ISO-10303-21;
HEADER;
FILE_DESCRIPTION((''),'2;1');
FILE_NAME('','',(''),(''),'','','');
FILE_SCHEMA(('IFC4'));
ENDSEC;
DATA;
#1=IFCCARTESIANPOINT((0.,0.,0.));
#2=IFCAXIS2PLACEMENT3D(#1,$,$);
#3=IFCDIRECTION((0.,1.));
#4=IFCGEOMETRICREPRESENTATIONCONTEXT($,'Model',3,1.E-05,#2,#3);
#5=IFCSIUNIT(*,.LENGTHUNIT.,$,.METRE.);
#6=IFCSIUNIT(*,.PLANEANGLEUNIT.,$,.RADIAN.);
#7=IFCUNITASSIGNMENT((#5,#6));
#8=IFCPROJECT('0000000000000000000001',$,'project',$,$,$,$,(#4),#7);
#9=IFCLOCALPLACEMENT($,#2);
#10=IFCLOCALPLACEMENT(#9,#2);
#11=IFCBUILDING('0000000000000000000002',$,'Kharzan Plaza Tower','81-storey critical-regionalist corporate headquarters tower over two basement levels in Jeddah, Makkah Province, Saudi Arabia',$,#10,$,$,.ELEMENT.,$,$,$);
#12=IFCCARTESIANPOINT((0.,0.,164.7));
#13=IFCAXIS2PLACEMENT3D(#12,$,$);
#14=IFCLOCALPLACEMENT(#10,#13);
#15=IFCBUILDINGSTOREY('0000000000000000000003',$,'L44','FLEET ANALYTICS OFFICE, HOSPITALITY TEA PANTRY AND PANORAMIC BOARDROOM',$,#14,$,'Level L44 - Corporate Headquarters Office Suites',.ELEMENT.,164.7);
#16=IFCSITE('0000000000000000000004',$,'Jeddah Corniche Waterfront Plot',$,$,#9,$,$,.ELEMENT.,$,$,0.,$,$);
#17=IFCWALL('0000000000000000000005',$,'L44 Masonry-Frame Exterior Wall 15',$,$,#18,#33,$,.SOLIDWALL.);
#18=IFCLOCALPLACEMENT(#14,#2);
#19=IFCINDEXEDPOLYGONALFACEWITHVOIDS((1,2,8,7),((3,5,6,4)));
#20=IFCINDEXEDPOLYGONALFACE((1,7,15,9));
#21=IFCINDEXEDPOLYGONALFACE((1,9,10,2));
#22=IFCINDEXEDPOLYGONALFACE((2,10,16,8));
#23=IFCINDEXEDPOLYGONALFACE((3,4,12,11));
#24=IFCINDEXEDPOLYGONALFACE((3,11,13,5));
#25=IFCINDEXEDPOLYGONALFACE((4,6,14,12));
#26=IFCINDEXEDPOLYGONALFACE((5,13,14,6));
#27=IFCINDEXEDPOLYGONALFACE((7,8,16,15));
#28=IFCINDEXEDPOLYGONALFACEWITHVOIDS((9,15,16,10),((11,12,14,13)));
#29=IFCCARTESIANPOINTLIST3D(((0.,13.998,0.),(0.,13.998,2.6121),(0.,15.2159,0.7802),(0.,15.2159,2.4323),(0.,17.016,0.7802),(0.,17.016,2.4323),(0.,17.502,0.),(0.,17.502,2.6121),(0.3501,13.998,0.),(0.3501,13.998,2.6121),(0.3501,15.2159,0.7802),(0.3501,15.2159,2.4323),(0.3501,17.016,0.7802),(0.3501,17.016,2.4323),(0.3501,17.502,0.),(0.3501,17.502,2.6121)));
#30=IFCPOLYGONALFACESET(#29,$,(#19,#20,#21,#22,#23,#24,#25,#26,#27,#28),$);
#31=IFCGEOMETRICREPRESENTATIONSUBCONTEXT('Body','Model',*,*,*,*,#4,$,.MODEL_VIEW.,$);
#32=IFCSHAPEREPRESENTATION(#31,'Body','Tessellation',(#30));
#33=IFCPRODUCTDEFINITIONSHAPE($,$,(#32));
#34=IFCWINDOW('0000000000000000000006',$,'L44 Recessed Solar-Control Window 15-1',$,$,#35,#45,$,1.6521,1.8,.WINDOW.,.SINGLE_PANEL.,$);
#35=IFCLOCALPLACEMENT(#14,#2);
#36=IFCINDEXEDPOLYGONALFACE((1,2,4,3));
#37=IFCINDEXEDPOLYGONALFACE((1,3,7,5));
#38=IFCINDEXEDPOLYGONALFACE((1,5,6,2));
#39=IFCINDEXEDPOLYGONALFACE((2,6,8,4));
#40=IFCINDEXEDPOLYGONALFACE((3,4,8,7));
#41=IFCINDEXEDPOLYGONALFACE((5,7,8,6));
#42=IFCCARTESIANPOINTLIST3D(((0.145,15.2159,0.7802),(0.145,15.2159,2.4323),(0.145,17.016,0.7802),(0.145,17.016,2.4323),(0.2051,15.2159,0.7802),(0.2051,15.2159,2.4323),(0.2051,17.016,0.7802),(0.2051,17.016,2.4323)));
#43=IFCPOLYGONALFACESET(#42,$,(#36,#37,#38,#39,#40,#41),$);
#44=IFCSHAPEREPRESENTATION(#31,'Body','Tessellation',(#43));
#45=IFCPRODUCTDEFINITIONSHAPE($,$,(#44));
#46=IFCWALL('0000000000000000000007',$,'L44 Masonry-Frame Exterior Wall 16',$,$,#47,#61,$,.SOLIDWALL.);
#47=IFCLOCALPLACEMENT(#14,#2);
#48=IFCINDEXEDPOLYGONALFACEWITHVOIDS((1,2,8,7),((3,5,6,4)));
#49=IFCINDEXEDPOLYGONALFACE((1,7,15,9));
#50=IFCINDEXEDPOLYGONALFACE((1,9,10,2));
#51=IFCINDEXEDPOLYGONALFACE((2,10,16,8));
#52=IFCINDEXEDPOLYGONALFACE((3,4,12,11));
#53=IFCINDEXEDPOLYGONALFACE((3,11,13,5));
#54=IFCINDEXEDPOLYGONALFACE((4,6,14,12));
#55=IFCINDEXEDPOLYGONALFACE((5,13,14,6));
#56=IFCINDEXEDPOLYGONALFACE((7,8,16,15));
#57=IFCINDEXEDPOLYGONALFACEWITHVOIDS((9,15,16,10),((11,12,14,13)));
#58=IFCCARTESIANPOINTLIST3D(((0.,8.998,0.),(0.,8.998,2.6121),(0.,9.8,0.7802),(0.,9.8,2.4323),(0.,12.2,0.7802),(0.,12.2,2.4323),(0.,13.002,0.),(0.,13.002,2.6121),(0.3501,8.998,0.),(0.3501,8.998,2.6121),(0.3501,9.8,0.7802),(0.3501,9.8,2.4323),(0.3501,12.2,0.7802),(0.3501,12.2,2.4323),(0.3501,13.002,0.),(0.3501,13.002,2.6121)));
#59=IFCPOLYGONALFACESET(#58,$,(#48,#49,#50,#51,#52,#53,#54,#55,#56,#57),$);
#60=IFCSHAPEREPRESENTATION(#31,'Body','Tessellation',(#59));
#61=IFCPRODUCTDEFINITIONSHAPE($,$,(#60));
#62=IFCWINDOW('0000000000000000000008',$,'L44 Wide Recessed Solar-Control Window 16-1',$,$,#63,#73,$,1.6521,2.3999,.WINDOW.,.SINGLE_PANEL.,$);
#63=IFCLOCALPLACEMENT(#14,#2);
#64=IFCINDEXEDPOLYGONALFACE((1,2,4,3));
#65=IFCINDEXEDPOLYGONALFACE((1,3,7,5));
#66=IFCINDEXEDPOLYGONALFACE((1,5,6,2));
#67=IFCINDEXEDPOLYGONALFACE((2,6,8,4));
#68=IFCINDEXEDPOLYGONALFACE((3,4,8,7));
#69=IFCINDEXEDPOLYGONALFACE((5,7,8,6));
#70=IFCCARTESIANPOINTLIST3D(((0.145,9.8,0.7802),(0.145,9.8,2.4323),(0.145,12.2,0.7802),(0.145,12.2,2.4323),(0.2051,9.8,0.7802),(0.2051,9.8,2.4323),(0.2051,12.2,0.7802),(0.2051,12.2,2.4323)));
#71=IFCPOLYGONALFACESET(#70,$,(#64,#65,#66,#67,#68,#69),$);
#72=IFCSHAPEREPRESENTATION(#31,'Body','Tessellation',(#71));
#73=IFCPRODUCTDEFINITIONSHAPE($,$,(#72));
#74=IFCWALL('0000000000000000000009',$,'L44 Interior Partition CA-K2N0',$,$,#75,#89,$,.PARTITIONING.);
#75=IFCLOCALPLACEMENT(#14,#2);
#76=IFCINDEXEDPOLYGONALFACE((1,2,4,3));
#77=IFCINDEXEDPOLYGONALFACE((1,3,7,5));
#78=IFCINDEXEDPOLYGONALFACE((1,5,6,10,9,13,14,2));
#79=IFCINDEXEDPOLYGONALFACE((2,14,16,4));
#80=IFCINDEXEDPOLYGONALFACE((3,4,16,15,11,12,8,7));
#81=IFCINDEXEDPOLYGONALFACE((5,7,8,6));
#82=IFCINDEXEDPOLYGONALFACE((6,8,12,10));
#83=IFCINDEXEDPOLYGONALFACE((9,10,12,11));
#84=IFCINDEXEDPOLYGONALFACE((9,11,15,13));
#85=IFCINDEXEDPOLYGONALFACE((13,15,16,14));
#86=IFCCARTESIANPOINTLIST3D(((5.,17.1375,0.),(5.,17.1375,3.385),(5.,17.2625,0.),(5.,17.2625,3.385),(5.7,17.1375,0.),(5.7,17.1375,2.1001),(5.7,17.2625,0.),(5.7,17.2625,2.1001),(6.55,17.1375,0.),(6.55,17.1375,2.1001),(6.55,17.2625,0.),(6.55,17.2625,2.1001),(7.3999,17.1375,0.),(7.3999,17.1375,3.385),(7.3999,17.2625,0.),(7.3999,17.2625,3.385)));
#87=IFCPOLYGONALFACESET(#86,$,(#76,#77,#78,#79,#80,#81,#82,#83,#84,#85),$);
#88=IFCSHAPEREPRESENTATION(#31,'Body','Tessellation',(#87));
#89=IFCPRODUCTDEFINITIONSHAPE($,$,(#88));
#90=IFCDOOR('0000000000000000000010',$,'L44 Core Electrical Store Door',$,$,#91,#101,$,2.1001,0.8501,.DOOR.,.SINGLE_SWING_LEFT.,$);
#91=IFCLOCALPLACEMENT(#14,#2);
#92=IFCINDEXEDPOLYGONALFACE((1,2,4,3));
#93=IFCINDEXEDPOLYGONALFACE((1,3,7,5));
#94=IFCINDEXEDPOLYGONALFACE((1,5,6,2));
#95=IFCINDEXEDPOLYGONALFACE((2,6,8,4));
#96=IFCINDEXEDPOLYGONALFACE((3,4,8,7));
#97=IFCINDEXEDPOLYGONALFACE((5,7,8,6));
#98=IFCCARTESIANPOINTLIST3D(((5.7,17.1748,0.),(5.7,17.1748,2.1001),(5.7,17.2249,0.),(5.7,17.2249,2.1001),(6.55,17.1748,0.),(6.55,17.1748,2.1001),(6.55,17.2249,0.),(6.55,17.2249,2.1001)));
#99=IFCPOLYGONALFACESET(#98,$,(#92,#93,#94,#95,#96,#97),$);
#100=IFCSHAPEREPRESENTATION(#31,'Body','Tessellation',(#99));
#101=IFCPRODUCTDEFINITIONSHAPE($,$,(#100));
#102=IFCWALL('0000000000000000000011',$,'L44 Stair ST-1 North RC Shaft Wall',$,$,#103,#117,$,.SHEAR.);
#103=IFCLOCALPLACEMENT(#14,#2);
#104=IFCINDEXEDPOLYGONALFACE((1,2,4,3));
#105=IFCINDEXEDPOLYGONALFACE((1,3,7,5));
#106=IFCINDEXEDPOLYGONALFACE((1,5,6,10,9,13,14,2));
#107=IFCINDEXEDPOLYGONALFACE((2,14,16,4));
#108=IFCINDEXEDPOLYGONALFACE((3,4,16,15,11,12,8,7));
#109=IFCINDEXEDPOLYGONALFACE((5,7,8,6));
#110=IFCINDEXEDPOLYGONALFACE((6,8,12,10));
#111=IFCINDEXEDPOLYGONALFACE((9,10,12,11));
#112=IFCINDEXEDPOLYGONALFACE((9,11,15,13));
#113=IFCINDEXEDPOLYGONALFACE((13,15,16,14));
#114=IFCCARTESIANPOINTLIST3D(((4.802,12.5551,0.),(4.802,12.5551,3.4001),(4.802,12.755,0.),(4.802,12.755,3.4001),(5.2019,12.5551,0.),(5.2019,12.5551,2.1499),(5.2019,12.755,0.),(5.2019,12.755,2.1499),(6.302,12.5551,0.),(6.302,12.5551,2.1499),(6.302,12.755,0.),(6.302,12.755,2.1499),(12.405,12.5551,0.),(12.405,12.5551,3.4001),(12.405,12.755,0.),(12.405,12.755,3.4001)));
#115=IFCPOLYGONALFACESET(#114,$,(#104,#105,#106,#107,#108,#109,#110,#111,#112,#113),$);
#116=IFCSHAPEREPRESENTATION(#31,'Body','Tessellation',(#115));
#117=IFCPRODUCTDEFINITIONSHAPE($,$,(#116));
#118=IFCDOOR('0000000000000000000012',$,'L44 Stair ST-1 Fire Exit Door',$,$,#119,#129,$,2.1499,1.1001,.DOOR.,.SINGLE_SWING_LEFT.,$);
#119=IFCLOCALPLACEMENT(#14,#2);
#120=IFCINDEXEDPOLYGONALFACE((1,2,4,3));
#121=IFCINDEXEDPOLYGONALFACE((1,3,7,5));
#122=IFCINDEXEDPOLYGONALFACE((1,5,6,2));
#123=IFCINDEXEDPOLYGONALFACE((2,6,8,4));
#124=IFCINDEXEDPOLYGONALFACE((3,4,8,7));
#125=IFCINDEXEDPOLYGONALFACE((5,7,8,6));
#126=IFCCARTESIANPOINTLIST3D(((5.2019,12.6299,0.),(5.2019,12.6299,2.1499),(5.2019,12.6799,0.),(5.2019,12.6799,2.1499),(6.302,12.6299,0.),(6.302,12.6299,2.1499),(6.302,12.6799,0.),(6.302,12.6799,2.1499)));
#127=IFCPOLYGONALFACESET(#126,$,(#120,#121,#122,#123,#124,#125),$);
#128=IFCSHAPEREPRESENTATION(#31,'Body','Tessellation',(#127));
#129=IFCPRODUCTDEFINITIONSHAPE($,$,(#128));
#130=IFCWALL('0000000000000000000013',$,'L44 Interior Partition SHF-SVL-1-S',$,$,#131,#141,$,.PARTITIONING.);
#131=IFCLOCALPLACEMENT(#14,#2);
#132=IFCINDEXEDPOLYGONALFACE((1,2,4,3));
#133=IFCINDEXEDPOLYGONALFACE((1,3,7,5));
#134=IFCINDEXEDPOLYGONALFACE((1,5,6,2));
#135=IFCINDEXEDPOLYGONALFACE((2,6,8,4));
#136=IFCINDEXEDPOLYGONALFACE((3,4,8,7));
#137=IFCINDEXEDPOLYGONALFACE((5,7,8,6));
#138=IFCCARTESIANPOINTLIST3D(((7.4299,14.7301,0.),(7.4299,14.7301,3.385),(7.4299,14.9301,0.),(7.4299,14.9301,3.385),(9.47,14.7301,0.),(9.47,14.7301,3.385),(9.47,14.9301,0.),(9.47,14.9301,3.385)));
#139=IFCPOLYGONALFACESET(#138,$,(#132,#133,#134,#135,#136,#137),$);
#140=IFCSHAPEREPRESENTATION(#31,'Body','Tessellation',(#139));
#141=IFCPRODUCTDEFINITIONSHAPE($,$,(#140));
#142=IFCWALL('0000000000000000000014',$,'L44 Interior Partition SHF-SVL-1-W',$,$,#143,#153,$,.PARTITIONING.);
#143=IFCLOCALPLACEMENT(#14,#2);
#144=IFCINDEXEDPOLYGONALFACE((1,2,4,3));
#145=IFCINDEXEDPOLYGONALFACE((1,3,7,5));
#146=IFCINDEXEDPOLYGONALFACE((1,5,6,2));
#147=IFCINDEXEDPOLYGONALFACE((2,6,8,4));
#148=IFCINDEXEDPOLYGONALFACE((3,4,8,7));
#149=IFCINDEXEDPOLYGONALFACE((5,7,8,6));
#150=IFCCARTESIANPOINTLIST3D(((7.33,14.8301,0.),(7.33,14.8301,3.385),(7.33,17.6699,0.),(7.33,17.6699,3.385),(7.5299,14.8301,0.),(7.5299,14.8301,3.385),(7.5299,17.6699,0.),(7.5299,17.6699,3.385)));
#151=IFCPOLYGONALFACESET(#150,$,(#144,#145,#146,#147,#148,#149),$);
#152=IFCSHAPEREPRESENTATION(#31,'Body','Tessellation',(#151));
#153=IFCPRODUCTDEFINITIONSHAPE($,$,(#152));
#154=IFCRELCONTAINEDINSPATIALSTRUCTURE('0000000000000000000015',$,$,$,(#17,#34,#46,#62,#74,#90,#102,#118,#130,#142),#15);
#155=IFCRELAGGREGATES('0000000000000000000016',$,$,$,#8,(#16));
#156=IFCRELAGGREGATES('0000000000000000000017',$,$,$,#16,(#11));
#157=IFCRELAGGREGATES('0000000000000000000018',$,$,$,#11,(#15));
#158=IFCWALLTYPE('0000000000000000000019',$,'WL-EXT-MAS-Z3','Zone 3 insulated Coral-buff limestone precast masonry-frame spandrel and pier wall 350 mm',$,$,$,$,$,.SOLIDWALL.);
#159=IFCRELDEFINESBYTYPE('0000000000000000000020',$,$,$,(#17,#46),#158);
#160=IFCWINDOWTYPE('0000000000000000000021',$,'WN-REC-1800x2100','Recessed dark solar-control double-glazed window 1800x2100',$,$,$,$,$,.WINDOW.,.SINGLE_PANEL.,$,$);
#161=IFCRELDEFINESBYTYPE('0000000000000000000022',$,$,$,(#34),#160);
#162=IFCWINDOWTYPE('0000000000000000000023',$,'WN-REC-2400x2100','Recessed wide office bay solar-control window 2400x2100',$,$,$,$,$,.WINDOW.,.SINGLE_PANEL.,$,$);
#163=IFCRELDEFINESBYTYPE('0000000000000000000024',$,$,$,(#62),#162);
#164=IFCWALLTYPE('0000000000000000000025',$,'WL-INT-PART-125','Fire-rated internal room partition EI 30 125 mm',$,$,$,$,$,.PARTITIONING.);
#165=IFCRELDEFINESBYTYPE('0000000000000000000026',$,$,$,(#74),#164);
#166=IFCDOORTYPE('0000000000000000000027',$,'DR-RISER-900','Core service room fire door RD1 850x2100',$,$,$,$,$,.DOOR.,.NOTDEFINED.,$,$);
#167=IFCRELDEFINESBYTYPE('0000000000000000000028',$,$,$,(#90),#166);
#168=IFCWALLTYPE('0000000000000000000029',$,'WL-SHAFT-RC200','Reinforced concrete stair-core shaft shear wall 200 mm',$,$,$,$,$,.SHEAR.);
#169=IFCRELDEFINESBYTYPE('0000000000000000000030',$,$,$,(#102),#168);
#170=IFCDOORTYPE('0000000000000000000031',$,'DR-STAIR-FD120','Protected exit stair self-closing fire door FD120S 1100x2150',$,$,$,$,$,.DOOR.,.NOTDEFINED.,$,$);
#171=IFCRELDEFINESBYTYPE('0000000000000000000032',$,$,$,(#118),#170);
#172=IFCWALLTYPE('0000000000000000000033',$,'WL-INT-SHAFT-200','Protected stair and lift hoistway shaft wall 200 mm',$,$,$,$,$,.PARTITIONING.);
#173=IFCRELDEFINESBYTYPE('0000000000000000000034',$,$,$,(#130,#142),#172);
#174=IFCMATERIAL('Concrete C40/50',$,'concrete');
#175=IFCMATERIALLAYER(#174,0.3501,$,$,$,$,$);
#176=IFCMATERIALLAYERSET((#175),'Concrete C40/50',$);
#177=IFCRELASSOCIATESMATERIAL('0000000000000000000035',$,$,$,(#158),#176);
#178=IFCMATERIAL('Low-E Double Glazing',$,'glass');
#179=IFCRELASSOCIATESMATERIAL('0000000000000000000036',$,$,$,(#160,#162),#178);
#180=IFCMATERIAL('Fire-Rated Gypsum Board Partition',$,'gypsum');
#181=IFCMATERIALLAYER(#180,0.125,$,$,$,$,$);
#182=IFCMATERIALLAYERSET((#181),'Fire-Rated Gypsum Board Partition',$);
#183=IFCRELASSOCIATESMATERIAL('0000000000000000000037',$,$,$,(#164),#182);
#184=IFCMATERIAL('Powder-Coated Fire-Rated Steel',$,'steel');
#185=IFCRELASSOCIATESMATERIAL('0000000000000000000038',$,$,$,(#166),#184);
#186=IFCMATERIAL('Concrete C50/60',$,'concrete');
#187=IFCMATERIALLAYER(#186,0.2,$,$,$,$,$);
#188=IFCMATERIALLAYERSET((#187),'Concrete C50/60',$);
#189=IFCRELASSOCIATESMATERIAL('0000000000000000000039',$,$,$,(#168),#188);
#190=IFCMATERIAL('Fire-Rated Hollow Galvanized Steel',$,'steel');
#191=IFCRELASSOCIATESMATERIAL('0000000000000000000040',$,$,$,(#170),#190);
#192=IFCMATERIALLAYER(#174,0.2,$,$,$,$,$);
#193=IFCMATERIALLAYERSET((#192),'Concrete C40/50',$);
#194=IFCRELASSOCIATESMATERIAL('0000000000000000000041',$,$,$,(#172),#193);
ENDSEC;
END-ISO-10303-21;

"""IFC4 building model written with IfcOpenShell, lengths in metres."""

from ifc_helpers import new_model, si_unit, direction, frame, frame_2d, origin, place, context, subcontext, project, spatial, rectangle, extrude, source, transform, mapped, material, layer, layer_set, type_object, element, fill, save


model = new_model("IFC4")

# Units and contexts
model_context = context("Model", 3, precision=1e-05, world=origin(), true_north=direction((0.0, 1.0)))
body_context = subcontext(model_context, "Body", "Model", "MODEL_VIEW")
ifc_project = project(units=[si_unit("LENGTHUNIT", "METRE"), si_unit("PLANEANGLEUNIT", "RADIAN")], contexts=[model_context])

# Site, building, storey
site_placement = place(None, origin())
site = spatial("IfcSite", under=ifc_project, at=site_placement, Name="Jeddah Corniche Waterfront Plot", CompositionType="ELEMENT", RefElevation=0.0)
building_placement = place(site_placement, origin())
building = spatial("IfcBuilding", under=site, at=building_placement, Name="Kharzan Plaza Tower", Description="81-storey critical-regionalist corporate headquarters tower over two basement levels in Jeddah, Makkah Province, Saudi Arabia", CompositionType="ELEMENT")
storey_placement = place(building_placement, frame((0.0, 0.0, 164.7)))
storey = spatial("IfcBuildingStorey", under=building, at=storey_placement, Name="L44", Description="FLEET ANALYTICS OFFICE, HOSPITALITY TEA PANTRY AND PANORAMIC BOARDROOM", LongName="Level L44 - Corporate Headquarters Office Suites", CompositionType="ELEMENT", Elevation=164.7)

# Shared definitions
ifc_material_1 = material(Name="Concrete C50/60", Category="concrete")

# Walls, openings, windows
ifc_material_2 = material(Name="Concrete C40/50", Category="concrete")
ifc_layer_1 = layer(ifc_material_2, 0.3501)
ifc_layer_set_1 = layer_set([ifc_layer_1], Name="Concrete C40/50")
wall_type_1 = type_object("IfcWallType", Name="WL-EXT-MAS-Z3", Description="Zone 3 insulated Coral-buff limestone precast masonry-frame spandrel and pier wall 350 mm", PredefinedType="SOLIDWALL", material=ifc_layer_set_1)
wall_1_placement = place(storey_placement, frame((0.175, 17.502, 0.0), z_axis=(0.0, 0.0, 1.0), x_axis=(0.0, -1.0, 0.0)))
wall_1 = element("IfcWall", 1, at=wall_1_placement, inside=storey, type_object=wall_type_1, Name="L44 Masonry-Frame Exterior Wall 15", PredefinedType="SOLIDWALL", context=body_context, shape_type="SweptSolid", body=[
    extrude(rectangle(XDim=3.5039, YDim=0.3501, at=frame_2d((1.752, 0.0))), origin(), (0.0, 0.0, 1.0), 2.6121),
])
opening_1_placement = place(wall_1_placement, frame((0.4861, 0.0, 0.78)))
opening_1 = element("IfcOpeningElement", 2, at=opening_1_placement, cuts=wall_1, PredefinedType="OPENING", context=body_context, shape_type="SweptSolid", body=[
    extrude(rectangle(XDim=1.8, YDim=1.6521, at=frame_2d((0.8999, 0.8262))), frame((0.0, 0.1851, 0.0), z_axis=(0.0, -1.0, 0.0), x_axis=(1.0, 0.0, 0.0)), (0.0, 0.0, 1.0), 0.3701),
])
ifc_material_3 = material(Name="Low-E Double Glazing", Category="glass")
window_type_1 = type_object("IfcWindowType", Name="WN-REC-1800x2100", Description="Recessed dark solar-control double-glazed window 1800x2100", PartitioningType="SINGLE_PANEL", PredefinedType="WINDOW", material=ifc_material_3)
shared_shape_1 = source(origin(), body_context, "Body", "SweptSolid", [
    extrude(rectangle(XDim=1.8, YDim=1.6521, at=frame_2d((0.8999, 0.8262))), frame((0.0, 0.03, 0.0), z_axis=(0.0, -1.0, 0.0), x_axis=(1.0, 0.0, 0.0)), (0.0, 0.0, 1.0), 0.0601),
])
window_1_placement = place(opening_1_placement, origin())
window_1 = element("IfcWindow", 3, at=window_1_placement, inside=storey, type_object=window_type_1, Name="L44 Recessed Solar-Control Window 15-1", OverallHeight=1.6521, OverallWidth=1.8, PartitioningType="SINGLE_PANEL", PredefinedType="WINDOW", context=body_context, shape_type="MappedRepresentation", body=[
    mapped(shared_shape_1, transform((0.0, 0.0, 0.0), x_axis=(1.0, 0.0, 0.0), y_axis=(0.0, 1.0, 0.0), z_axis=(0.0, 0.0, 1.0))),
])
fill(opening_1, window_1)
wall_2_placement = place(storey_placement, frame((0.175, 13.002, 0.0), z_axis=(0.0, 0.0, 1.0), x_axis=(0.0, -1.0, 0.0)))
wall_2 = element("IfcWall", 4, at=wall_2_placement, inside=storey, type_object=wall_type_1, Name="L44 Masonry-Frame Exterior Wall 16", PredefinedType="SOLIDWALL", context=body_context, shape_type="SweptSolid", body=[
    extrude(rectangle(XDim=4.0039, YDim=0.3501, at=frame_2d((2.002, 0.0))), origin(), (0.0, 0.0, 1.0), 2.6121),
])
opening_2_placement = place(wall_2_placement, frame((0.802, 0.0, 0.78)))
opening_2 = element("IfcOpeningElement", 5, at=opening_2_placement, cuts=wall_2, PredefinedType="OPENING", context=body_context, shape_type="SweptSolid", body=[
    extrude(rectangle(XDim=2.3999, YDim=1.6521, at=frame_2d((1.2, 0.8262))), frame((0.0, 0.1851, 0.0), z_axis=(0.0, -1.0, 0.0), x_axis=(1.0, 0.0, 0.0)), (0.0, 0.0, 1.0), 0.3701),
])
window_type_2 = type_object("IfcWindowType", Name="WN-REC-2400x2100", Description="Recessed wide office bay solar-control window 2400x2100", PartitioningType="SINGLE_PANEL", PredefinedType="WINDOW", material=ifc_material_3)
shared_shape_2 = source(origin(), body_context, "Body", "SweptSolid", [
    extrude(rectangle(XDim=2.3999, YDim=1.6521, at=frame_2d((1.2, 0.8262))), frame((0.0, 0.03, 0.0), z_axis=(0.0, -1.0, 0.0), x_axis=(1.0, 0.0, 0.0)), (0.0, 0.0, 1.0), 0.0601),
])
window_2_placement = place(opening_2_placement, origin())
window_2 = element("IfcWindow", 6, at=window_2_placement, inside=storey, type_object=window_type_2, Name="L44 Wide Recessed Solar-Control Window 16-1", OverallHeight=1.6521, OverallWidth=2.3999, PartitioningType="SINGLE_PANEL", PredefinedType="WINDOW", context=body_context, shape_type="MappedRepresentation", body=[
    mapped(shared_shape_2, transform((0.0, 0.0, 0.0), x_axis=(1.0, 0.0, 0.0), y_axis=(0.0, 1.0, 0.0), z_axis=(0.0, 0.0, 1.0))),
])
fill(opening_2, window_2)

# Walls, openings, doors
ifc_material_4 = material(Name="Fire-Rated Gypsum Board Partition", Category="gypsum")
ifc_layer_2 = layer(ifc_material_4, 0.125)
ifc_layer_set_2 = layer_set([ifc_layer_2], Name="Fire-Rated Gypsum Board Partition")
wall_type_2 = type_object("IfcWallType", Name="WL-INT-PART-125", Description="Fire-rated internal room partition EI 30 125 mm", PredefinedType="PARTITIONING", material=ifc_layer_set_2)
wall_3_placement = place(storey_placement, frame((5.0, 17.2, 0.0), z_axis=(0.0, 0.0, 1.0), x_axis=(1.0, 0.0, 0.0)))
wall_3 = element("IfcWall", 7, at=wall_3_placement, inside=storey, type_object=wall_type_2, Name="L44 Interior Partition CA-K2N0", PredefinedType="PARTITIONING", context=body_context, shape_type="SweptSolid", body=[
    extrude(rectangle(XDim=2.3999, YDim=0.125, at=frame_2d((1.2, 0.0))), origin(), (0.0, 0.0, 1.0), 3.385),
])
opening_3_placement = place(wall_3_placement, frame((0.7, 0.0, 0.0)))
opening_3 = element("IfcOpeningElement", 8, at=opening_3_placement, cuts=wall_3, PredefinedType="OPENING", context=body_context, shape_type="SweptSolid", body=[
    extrude(rectangle(XDim=0.8501, YDim=2.1001, at=frame_2d((0.425, 1.05))), frame((0.0, 0.0725, 0.0), z_axis=(0.0, -1.0, 0.0), x_axis=(1.0, 0.0, 0.0)), (0.0, 0.0, 1.0), 0.145),
])
ifc_material_5 = material(Name="Powder-Coated Fire-Rated Steel", Category="steel")
door_type_1 = type_object("IfcDoorType", Name="DR-RISER-900", Description="Core service room fire door RD1 850x2100", OperationType="NOTDEFINED", PredefinedType="DOOR", material=ifc_material_5)
shared_shape_3 = source(origin(), body_context, "Body", "SweptSolid", [
    extrude(rectangle(XDim=0.8501, YDim=2.1001, at=frame_2d((0.425, 1.05))), frame((0.0, 0.0249, 0.0), z_axis=(0.0, -1.0, 0.0), x_axis=(1.0, 0.0, 0.0)), (0.0, 0.0, 1.0), 0.05),
])
door_1_placement = place(opening_3_placement, origin())
door_1 = element("IfcDoor", 9, at=door_1_placement, inside=storey, type_object=door_type_1, Name="L44 Core Electrical Store Door", OperationType="SINGLE_SWING_LEFT", OverallHeight=2.1001, OverallWidth=0.8501, PredefinedType="DOOR", context=body_context, shape_type="MappedRepresentation", body=[
    mapped(shared_shape_3, transform((0.0, 0.0, 0.0), x_axis=(1.0, 0.0, 0.0), y_axis=(0.0, 1.0, 0.0), z_axis=(0.0, 0.0, 1.0))),
])
fill(opening_3, door_1)
ifc_layer_3 = layer(ifc_material_1, 0.2)
ifc_layer_set_3 = layer_set([ifc_layer_3], Name="Concrete C50/60")
wall_type_3 = type_object("IfcWallType", Name="WL-SHAFT-RC200", Description="Reinforced concrete stair-core shaft shear wall 200 mm", PredefinedType="SHEAR", material=ifc_layer_set_3)
wall_4_placement = place(storey_placement, frame((4.802, 12.655, 0.0), z_axis=(0.0, 0.0, 1.0), x_axis=(1.0, 0.0, 0.0)))
wall_4 = element("IfcWall", 10, at=wall_4_placement, inside=storey, type_object=wall_type_3, Name="L44 Stair ST-1 North RC Shaft Wall", PredefinedType="SHEAR", context=body_context, shape_type="SweptSolid", body=[
    extrude(rectangle(XDim=7.603, YDim=0.2, at=frame_2d((3.8015, 0.0))), origin(), (0.0, 0.0, 1.0), 3.4001),
])
opening_4_placement = place(wall_4_placement, frame((0.3999, 0.0, 0.0)))
opening_4 = element("IfcOpeningElement", 11, at=opening_4_placement, cuts=wall_4, PredefinedType="OPENING", context=body_context, shape_type="SweptSolid", body=[
    extrude(rectangle(XDim=1.1001, YDim=2.1499, at=frame_2d((0.55, 1.075))), frame((0.0, 0.1099, 0.0), z_axis=(0.0, -1.0, 0.0), x_axis=(1.0, 0.0, 0.0)), (0.0, 0.0, 1.0), 0.22),
])
ifc_material_6 = material(Name="Fire-Rated Hollow Galvanized Steel", Category="steel")
door_type_2 = type_object("IfcDoorType", Name="DR-STAIR-FD120", Description="Protected exit stair self-closing fire door FD120S 1100x2150", OperationType="NOTDEFINED", PredefinedType="DOOR", material=ifc_material_6)
shared_shape_4 = source(origin(), body_context, "Body", "SweptSolid", [
    extrude(rectangle(XDim=1.1001, YDim=2.1499, at=frame_2d((0.55, 1.075))), frame((0.0, 0.0249, 0.0), z_axis=(0.0, -1.0, 0.0), x_axis=(1.0, 0.0, 0.0)), (0.0, 0.0, 1.0), 0.05),
])
door_2_placement = place(opening_4_placement, origin())
door_2 = element("IfcDoor", 12, at=door_2_placement, inside=storey, type_object=door_type_2, Name="L44 Stair ST-1 Fire Exit Door", OperationType="SINGLE_SWING_LEFT", OverallHeight=2.1499, OverallWidth=1.1001, PredefinedType="DOOR", context=body_context, shape_type="MappedRepresentation", body=[
    mapped(shared_shape_4, transform((0.0, 0.0, 0.0), x_axis=(1.0, 0.0, 0.0), y_axis=(0.0, 1.0, 0.0), z_axis=(0.0, 0.0, 1.0))),
])
fill(opening_4, door_2)

# Walls
ifc_layer_4 = layer(ifc_material_2, 0.2)
ifc_layer_set_4 = layer_set([ifc_layer_4], Name="Concrete C40/50")
wall_type_4 = type_object("IfcWallType", Name="WL-INT-SHAFT-200", Description="Protected stair and lift hoistway shaft wall 200 mm", PredefinedType="PARTITIONING", material=ifc_layer_set_4)
shared_shape_5 = source(origin(), body_context, "Body", "SweptSolid", [
    extrude(rectangle(XDim=2.04, YDim=0.2, at=frame_2d((1.02, 0.0))), origin(), (0.0, 0.0, 1.0), 3.385),
])
wall_5_placement = place(storey_placement, frame((7.4299, 14.8301, 0.0), z_axis=(0.0, 0.0, 1.0), x_axis=(1.0, 0.0, 0.0)))
element("IfcWall", 13, at=wall_5_placement, inside=storey, type_object=wall_type_4, Name="L44 Interior Partition SHF-SVL-1-S", PredefinedType="PARTITIONING", context=body_context, shape_type="MappedRepresentation", body=[
    mapped(shared_shape_5, transform((0.0, 0.0, 0.0), x_axis=(1.0, 0.0, 0.0), y_axis=(0.0, 1.0, 0.0), z_axis=(0.0, 0.0, 1.0))),
])
shared_shape_6 = source(origin(), body_context, "Body", "SweptSolid", [
    extrude(rectangle(XDim=2.8398, YDim=0.2, at=frame_2d((1.4199, 0.0))), origin(), (0.0, 0.0, 1.0), 3.385),
])
wall_6_placement = place(storey_placement, frame((7.4299, 14.8301, 0.0), z_axis=(0.0, 0.0, 1.0), x_axis=(0.0, 1.0, 0.0)))
element("IfcWall", 14, at=wall_6_placement, inside=storey, type_object=wall_type_4, Name="L44 Interior Partition SHF-SVL-1-W", PredefinedType="PARTITIONING", context=body_context, shape_type="MappedRepresentation", body=[
    mapped(shared_shape_6, transform((0.0, 0.0, 0.0), x_axis=(1.0, 0.0, 0.0), y_axis=(0.0, 1.0, 0.0), z_axis=(0.0, 0.0, 1.0))),
])

save(model, "model.ifc")
